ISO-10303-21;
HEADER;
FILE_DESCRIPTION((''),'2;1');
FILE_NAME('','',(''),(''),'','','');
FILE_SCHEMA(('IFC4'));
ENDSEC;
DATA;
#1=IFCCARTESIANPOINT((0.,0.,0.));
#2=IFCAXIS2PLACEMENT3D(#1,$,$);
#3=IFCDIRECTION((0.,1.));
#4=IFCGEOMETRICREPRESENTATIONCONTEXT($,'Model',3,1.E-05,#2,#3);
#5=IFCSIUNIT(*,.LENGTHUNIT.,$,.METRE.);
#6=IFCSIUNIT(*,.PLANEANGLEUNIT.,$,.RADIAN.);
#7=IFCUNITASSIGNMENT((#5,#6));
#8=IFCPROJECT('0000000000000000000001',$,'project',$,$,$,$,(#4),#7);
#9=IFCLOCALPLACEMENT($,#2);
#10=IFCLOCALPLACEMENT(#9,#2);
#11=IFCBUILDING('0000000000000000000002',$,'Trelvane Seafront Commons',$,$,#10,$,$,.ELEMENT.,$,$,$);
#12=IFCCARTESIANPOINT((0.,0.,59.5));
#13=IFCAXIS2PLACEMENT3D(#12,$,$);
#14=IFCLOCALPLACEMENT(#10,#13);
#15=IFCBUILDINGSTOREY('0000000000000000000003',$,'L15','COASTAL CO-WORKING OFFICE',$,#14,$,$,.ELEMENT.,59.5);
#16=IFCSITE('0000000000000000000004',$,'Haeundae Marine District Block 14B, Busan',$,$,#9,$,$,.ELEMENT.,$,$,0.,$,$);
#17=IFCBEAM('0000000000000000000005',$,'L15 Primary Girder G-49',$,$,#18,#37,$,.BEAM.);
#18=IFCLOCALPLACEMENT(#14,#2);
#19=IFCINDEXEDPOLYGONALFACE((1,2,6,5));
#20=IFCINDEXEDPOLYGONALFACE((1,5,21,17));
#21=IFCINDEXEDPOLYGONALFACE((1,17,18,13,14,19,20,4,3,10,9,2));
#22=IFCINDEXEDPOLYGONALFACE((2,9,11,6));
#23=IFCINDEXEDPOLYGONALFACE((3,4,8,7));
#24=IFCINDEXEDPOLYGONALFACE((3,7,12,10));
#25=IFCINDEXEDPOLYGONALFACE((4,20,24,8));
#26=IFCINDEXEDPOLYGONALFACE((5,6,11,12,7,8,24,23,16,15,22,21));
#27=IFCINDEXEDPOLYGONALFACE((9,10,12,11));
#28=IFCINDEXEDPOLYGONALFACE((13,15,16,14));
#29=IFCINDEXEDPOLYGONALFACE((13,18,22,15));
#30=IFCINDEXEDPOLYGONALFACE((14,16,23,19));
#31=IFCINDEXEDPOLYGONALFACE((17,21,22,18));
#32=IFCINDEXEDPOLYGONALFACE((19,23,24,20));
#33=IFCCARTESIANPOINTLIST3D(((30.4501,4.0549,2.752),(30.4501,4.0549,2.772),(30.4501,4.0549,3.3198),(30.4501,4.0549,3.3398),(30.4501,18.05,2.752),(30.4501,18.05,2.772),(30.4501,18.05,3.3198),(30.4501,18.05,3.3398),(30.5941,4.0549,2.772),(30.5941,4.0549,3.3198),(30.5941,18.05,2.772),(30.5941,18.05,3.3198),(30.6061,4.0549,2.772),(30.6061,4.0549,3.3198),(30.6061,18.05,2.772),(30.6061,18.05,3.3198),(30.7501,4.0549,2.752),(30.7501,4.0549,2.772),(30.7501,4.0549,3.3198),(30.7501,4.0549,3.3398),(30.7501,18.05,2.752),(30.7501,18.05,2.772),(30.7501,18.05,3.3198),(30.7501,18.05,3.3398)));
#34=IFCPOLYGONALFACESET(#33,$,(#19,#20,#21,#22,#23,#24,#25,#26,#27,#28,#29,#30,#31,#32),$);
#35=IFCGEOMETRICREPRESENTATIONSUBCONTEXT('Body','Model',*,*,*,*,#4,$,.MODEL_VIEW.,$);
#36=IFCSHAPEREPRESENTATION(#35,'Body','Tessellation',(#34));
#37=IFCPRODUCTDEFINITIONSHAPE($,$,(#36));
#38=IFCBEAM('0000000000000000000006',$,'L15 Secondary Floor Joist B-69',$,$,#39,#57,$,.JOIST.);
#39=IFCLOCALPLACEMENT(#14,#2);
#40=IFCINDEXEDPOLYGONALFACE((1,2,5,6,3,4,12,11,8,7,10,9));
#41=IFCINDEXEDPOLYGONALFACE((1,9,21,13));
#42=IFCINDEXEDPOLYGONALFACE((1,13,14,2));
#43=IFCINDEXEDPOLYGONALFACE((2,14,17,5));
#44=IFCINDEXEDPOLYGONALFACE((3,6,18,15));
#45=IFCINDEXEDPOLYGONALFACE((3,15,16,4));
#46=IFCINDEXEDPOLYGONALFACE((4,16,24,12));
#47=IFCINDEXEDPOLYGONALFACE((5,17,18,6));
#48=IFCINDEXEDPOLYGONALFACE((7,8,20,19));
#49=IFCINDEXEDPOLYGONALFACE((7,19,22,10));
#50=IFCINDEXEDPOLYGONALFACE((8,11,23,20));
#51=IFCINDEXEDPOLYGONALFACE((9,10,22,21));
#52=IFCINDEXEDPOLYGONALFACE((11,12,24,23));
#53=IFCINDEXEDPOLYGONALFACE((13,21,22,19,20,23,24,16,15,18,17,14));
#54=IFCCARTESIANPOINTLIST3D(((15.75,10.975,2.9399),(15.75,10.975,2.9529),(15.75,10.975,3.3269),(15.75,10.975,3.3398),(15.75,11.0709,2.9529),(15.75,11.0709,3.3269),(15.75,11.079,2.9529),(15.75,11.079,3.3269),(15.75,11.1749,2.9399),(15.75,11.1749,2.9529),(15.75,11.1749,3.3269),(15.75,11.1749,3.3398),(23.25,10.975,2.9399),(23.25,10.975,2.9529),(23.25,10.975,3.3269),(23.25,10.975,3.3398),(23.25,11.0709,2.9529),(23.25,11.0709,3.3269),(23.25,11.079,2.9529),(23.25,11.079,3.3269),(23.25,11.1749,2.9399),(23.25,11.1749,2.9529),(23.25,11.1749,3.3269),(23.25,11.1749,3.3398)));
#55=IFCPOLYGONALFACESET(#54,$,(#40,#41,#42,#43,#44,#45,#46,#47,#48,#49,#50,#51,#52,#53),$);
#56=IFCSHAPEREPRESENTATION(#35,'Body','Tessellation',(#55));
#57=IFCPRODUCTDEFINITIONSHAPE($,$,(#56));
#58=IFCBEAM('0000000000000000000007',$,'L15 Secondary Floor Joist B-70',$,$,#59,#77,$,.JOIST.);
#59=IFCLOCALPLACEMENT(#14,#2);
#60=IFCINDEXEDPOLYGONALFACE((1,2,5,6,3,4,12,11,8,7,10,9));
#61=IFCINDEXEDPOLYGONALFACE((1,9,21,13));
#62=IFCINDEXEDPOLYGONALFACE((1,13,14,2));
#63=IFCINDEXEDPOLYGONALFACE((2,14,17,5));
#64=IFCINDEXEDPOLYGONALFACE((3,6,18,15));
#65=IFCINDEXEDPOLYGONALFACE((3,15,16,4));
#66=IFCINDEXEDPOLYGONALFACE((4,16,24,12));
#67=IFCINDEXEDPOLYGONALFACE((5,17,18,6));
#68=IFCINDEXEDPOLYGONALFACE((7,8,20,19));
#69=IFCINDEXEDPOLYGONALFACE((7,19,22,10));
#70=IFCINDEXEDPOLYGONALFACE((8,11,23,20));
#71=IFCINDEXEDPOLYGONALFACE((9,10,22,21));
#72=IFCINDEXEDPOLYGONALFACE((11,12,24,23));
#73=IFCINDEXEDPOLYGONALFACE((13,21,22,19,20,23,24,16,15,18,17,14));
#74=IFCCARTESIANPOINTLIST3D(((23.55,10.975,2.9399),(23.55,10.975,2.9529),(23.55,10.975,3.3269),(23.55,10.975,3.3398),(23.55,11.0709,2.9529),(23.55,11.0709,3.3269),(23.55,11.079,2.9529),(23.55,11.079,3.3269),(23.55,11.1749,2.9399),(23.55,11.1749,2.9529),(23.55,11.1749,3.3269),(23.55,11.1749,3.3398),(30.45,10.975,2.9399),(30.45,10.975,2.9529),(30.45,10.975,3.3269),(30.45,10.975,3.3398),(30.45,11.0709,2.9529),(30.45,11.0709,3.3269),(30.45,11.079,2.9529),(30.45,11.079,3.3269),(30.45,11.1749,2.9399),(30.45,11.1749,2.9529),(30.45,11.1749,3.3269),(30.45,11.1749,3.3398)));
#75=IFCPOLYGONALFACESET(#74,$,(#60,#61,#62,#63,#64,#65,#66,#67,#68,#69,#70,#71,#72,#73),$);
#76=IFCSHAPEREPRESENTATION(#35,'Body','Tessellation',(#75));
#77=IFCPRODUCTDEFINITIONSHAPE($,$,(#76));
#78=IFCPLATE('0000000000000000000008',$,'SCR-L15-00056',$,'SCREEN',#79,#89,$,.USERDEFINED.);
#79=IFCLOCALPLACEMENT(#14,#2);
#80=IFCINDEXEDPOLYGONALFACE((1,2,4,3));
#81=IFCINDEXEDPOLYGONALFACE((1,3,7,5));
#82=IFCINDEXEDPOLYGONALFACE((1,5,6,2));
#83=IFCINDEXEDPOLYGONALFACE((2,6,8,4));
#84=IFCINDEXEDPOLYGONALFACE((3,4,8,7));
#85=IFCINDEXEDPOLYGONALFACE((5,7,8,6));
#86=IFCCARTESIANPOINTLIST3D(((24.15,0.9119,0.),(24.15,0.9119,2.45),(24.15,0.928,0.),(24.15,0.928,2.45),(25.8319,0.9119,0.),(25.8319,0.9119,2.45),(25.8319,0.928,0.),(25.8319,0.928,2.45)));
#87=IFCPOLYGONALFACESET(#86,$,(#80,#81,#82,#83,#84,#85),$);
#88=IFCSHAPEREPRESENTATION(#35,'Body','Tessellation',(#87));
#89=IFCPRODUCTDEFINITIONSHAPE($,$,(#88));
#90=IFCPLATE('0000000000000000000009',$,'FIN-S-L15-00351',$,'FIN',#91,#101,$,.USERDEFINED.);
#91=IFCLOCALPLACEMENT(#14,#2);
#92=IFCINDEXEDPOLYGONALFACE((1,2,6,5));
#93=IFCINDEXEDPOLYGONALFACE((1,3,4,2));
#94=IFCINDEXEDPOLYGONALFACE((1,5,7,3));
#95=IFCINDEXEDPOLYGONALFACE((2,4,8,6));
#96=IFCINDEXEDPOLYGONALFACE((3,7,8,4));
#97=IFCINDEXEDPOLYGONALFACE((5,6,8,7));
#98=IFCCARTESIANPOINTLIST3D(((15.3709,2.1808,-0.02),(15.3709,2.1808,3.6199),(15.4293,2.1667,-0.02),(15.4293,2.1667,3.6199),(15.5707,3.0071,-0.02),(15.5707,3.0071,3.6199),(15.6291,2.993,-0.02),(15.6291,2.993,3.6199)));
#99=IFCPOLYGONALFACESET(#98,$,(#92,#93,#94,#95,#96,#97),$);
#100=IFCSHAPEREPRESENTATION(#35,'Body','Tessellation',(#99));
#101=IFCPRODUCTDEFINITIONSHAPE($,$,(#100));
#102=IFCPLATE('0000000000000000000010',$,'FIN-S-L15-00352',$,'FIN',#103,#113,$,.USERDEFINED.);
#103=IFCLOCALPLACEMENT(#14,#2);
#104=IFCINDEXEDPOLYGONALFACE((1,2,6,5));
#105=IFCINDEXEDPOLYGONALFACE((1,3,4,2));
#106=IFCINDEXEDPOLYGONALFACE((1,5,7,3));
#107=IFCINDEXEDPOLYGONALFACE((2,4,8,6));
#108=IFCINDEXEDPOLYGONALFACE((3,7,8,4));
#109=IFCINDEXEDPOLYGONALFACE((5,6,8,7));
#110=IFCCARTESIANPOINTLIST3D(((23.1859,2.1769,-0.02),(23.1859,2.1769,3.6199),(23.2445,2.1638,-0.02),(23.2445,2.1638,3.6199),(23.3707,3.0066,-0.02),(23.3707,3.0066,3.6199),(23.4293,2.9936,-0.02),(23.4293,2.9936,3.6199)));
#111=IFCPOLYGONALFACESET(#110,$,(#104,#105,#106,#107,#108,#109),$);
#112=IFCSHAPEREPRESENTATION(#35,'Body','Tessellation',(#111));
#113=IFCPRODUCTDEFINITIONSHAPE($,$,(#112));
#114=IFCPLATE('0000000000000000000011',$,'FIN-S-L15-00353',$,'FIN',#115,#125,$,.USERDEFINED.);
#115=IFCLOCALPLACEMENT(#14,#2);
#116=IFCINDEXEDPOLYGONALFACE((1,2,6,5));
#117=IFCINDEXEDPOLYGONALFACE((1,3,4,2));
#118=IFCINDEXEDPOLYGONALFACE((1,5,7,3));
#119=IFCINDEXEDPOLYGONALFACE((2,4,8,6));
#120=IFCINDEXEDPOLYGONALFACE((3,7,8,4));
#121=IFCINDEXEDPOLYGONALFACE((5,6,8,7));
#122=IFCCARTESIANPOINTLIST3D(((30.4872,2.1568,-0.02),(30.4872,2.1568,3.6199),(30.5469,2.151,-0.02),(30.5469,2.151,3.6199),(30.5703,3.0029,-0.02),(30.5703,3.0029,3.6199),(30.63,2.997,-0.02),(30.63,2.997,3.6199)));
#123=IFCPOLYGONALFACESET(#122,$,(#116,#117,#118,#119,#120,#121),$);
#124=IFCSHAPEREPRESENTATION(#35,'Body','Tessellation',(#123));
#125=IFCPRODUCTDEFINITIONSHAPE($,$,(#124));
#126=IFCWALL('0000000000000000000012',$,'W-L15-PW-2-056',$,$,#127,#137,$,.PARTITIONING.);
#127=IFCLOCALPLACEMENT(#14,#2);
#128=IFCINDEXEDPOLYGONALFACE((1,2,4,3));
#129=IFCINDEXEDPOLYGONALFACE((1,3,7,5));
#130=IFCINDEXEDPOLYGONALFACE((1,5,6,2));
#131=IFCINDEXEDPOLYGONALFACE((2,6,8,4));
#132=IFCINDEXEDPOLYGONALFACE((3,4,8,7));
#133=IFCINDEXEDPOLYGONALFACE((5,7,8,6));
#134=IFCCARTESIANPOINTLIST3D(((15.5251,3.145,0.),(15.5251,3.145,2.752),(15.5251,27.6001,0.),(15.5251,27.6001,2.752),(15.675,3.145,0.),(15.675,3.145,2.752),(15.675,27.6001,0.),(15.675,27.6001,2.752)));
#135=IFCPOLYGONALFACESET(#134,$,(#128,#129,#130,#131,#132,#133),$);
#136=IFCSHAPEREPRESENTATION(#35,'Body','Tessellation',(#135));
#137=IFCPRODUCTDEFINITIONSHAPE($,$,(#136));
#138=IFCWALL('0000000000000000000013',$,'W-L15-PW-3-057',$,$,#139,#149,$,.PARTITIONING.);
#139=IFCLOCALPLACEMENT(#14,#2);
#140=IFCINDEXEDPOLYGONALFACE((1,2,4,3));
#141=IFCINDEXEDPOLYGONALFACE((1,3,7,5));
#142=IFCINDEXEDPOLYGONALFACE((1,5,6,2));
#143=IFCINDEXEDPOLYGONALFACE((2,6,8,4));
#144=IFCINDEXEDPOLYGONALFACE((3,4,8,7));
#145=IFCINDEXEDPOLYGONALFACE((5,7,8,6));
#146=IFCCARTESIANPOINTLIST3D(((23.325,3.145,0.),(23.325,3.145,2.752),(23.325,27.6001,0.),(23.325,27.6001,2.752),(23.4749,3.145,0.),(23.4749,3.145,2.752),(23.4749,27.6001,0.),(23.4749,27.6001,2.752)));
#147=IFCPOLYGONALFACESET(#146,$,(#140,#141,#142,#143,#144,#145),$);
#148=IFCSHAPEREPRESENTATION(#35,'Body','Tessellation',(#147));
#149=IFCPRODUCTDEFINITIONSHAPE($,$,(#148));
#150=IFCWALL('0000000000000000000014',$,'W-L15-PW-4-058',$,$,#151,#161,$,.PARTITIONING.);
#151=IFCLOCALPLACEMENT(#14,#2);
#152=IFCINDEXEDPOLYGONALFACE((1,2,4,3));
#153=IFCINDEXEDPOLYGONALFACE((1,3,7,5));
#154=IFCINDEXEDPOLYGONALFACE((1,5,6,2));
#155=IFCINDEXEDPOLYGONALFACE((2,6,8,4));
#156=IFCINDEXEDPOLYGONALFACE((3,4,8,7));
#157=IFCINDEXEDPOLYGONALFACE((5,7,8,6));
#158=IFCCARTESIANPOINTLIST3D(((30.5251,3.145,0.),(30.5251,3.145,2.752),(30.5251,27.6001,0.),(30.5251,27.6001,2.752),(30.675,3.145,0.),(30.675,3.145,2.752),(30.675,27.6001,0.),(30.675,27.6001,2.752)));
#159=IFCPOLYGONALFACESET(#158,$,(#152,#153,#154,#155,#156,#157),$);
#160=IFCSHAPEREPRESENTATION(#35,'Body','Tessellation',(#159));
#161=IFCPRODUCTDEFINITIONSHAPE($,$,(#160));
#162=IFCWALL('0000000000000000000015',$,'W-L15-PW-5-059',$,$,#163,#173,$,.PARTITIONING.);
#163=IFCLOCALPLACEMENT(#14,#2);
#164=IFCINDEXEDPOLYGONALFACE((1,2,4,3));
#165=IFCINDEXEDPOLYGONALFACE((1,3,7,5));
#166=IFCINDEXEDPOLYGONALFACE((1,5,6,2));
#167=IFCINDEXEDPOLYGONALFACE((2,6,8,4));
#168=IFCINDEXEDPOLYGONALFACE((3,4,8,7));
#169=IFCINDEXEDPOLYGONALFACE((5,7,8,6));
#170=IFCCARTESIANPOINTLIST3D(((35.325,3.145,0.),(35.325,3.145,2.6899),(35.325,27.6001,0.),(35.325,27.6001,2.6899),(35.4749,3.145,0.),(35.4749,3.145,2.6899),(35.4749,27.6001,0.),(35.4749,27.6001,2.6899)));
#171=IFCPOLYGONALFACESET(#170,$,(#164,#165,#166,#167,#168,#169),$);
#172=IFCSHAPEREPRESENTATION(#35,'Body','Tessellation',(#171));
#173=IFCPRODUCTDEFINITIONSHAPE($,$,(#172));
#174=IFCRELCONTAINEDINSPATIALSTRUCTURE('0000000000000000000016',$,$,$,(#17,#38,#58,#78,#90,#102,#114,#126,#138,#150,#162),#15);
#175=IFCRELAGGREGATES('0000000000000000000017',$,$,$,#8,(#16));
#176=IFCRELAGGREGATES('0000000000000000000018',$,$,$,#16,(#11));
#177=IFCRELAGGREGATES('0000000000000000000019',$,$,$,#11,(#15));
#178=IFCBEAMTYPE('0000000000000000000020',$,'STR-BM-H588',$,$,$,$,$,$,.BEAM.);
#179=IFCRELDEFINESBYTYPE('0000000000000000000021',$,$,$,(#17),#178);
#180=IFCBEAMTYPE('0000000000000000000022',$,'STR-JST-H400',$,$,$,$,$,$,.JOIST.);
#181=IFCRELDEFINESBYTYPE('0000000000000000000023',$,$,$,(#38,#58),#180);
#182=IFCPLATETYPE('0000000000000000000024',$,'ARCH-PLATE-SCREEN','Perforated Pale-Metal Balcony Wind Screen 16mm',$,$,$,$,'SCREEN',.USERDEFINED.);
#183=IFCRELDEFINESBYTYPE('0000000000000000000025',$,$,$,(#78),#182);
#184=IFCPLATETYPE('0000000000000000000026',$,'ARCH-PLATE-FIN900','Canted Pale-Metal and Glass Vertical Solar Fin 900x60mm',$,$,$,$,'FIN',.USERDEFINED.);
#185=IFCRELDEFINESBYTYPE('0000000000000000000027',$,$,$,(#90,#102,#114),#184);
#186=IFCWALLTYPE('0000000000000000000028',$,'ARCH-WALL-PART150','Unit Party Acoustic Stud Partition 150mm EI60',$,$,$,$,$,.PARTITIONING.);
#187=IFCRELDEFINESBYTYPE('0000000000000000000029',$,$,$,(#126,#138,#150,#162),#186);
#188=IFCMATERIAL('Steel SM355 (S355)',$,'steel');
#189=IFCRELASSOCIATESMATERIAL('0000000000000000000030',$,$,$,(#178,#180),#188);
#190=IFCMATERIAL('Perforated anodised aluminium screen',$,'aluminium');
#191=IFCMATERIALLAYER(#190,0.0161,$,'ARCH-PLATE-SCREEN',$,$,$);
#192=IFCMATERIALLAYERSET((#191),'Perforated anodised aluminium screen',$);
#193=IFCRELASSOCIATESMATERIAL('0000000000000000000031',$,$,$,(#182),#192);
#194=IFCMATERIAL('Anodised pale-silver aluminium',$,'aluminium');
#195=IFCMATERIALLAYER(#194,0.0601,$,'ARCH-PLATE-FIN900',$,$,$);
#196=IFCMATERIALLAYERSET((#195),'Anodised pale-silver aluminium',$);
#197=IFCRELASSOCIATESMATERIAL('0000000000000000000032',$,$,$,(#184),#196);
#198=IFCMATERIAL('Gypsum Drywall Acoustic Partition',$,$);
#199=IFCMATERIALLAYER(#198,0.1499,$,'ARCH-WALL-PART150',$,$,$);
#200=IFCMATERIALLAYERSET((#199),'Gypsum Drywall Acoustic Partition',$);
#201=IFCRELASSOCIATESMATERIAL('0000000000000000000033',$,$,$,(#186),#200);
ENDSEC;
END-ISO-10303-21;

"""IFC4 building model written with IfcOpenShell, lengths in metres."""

from ifc_helpers import new_model, si_unit, direction, frame, frame_2d, origin, origin_2d, place, context, subcontext, project, spatial, rectangle, i_section, extrude, source, transform, mapped, material, layer, layer_set, material_profile, profile_set, type_object, element, save


model = new_model("IFC4")

# Units and contexts
model_context = context("Model", 3, precision=1e-05, world=origin(), true_north=direction((0.0, 1.0)))
body_context = subcontext(model_context, "Body", "Model", "MODEL_VIEW")
ifc_project = project(units=[si_unit("LENGTHUNIT", "METRE"), si_unit("PLANEANGLEUNIT", "RADIAN")], contexts=[model_context])

# Site, building, storey
site_placement = place(None, origin())
site = spatial("IfcSite", under=ifc_project, at=site_placement, Name="Haeundae Marine District Block 14B, Busan", CompositionType="ELEMENT", RefElevation=0.0)
building_placement = place(site_placement, origin())
building = spatial("IfcBuilding", under=site, at=building_placement, Name="Trelvane Seafront Commons", CompositionType="ELEMENT")
storey_placement = place(building_placement, frame((0.0, 0.0, 59.5)))
storey = spatial("IfcBuildingStorey", under=building, at=storey_placement, Name="L15", Description="COASTAL CO-WORKING OFFICE", CompositionType="ELEMENT", Elevation=59.5)

# Shared definitions
ifc_material_1 = material(Name="Steel SM355 (S355)", Category="steel")

# Beams
ifc_material_profile_1 = material_profile(ifc_material_1, i_section(OverallWidth=0.3, OverallDepth=0.5879, WebThickness=0.012, FlangeThickness=0.02, at=origin_2d()), Name="H-588x300x12x20")
ifc_profile_set_1 = profile_set([ifc_material_profile_1], Name="Steel SM355 (S355)")
beam_type_1 = type_object("IfcBeamType", Name="STR-BM-H588", PredefinedType="BEAM", material=ifc_profile_set_1)
shared_shape_1 = source(origin(), body_context, "Body", "SweptSolid", [
    extrude(i_section(OverallWidth=0.3, OverallDepth=0.5879, WebThickness=0.012, FlangeThickness=0.02, at=origin_2d()), origin(), (0.0, 0.0, 1.0), 13.9951),
])
for number, where, z_axis, x_axis, name in (
    (1, (30.6001, 4.0549, 3.0459), (0.0, 1.0, 0.0), (-1.0, 0.0, 0.0), "L15 Primary Girder G-49"),
):
    element("IfcBeam", number, at=place(storey_placement, frame(where, z_axis=z_axis, x_axis=x_axis)), inside=storey, type_object=beam_type_1, Name=name, PredefinedType="BEAM", context=body_context, shape_type="MappedRepresentation", body=[
        mapped(shared_shape_1, transform((0.0, 0.0, 0.0), x_axis=(1.0, 0.0, 0.0), y_axis=(0.0, 1.0, 0.0), z_axis=(0.0, 0.0, 1.0), scale=1.0)),
    ])
ifc_material_profile_2 = material_profile(ifc_material_1, i_section(OverallWidth=0.2, OverallDepth=0.3999, WebThickness=0.0081, FlangeThickness=0.0129, at=origin_2d()), Name="H-400x200x8x13")
ifc_profile_set_2 = profile_set([ifc_material_profile_2], Name="Steel SM355 (S355)")
beam_type_2 = type_object("IfcBeamType", Name="STR-JST-H400", PredefinedType="JOIST", material=ifc_profile_set_2)
shared_shape_2 = source(origin(), body_context, "Body", "SweptSolid", [
    extrude(i_section(OverallWidth=0.2, OverallDepth=0.3999, WebThickness=0.0081, FlangeThickness=0.0129, at=origin_2d()), origin(), (0.0, 0.0, 1.0), 7.5),
])
beam_1_placement = place(storey_placement, frame((15.75, 11.075, 3.1399), z_axis=(1.0, 0.0, 0.0), x_axis=(0.0, 1.0, 0.0)))
element("IfcBeam", 2, at=beam_1_placement, inside=storey, type_object=beam_type_2, Name="L15 Secondary Floor Joist B-69", PredefinedType="JOIST", context=body_context, shape_type="MappedRepresentation", body=[
    mapped(shared_shape_2, transform((0.0, 0.0, 0.0), x_axis=(1.0, 0.0, 0.0), y_axis=(0.0, 1.0, 0.0), z_axis=(0.0, 0.0, 1.0), scale=1.0)),
])
shared_shape_3 = source(origin(), body_context, "Body", "SweptSolid", [
    extrude(i_section(OverallWidth=0.2, OverallDepth=0.3999, WebThickness=0.0081, FlangeThickness=0.0129, at=origin_2d()), origin(), (0.0, 0.0, 1.0), 6.8999),
])
beam_2_placement = place(storey_placement, frame((23.55, 11.075, 3.1399), z_axis=(1.0, 0.0, 0.0), x_axis=(0.0, 1.0, 0.0)))
element("IfcBeam", 3, at=beam_2_placement, inside=storey, type_object=beam_type_2, Name="L15 Secondary Floor Joist B-70", PredefinedType="JOIST", context=body_context, shape_type="MappedRepresentation", body=[
    mapped(shared_shape_3, transform((0.0, 0.0, 0.0), x_axis=(1.0, 0.0, 0.0), y_axis=(0.0, 1.0, 0.0), z_axis=(0.0, 0.0, 1.0), scale=1.0)),
])

# Plates
ifc_material_2 = material(Name="Perforated anodised aluminium screen", Category="aluminium")
ifc_layer_1 = layer(ifc_material_2, 0.0161, Name="ARCH-PLATE-SCREEN")
ifc_layer_set_1 = layer_set([ifc_layer_1], Name="Perforated anodised aluminium screen")
plate_type_1 = type_object("IfcPlateType", Name="ARCH-PLATE-SCREEN", Description="Perforated Pale-Metal Balcony Wind Screen 16mm", ElementType="SCREEN", PredefinedType="USERDEFINED", material=ifc_layer_set_1)
shared_shape_4 = source(origin(), body_context, "Body", "SweptSolid", [
    extrude(rectangle(XDim=1.6819, YDim=0.0161, at=origin_2d()), origin(), (0.0, 0.0, 1.0), 2.45),
])
plate_placement = place(storey_placement, frame((24.991, 0.9199, 0.0), z_axis=(0.0, 0.0, 1.0), x_axis=(1.0, 0.0, 0.0)))
element("IfcPlate", 4, at=plate_placement, inside=storey, type_object=plate_type_1, Name="SCR-L15-00056", ObjectType="SCREEN", PredefinedType="USERDEFINED", context=body_context, shape_type="MappedRepresentation", body=[
    mapped(shared_shape_4, transform((0.0, 0.0, 0.0), x_axis=(1.0, 0.0, 0.0), y_axis=(0.0, 1.0, 0.0), z_axis=(0.0, 0.0, 1.0), scale=1.0)),
])
ifc_material_3 = material(Name="Anodised pale-silver aluminium", Category="aluminium")
ifc_layer_2 = layer(ifc_material_3, 0.0601, Name="ARCH-PLATE-FIN900")
ifc_layer_set_2 = layer_set([ifc_layer_2], Name="Anodised pale-silver aluminium")
plate_type_2 = type_object("IfcPlateType", Name="ARCH-PLATE-FIN900", Description="Canted Pale-Metal and Glass Vertical Solar Fin 900x60mm", ElementType="FIN", PredefinedType="USERDEFINED", material=ifc_layer_set_2)
shared_shape_5 = source(origin(), body_context, "Body", "SweptSolid", [
    extrude(rectangle(XDim=0.8501, YDim=0.0601, at=origin_2d()), origin(), (0.0, 0.0, 1.0), 3.6399),
])
for number, where, z_axis, x_axis, name in (
    (5, (15.5, 2.5869, -0.02), (0.0, 0.0, 1.0), (-0.235054, -0.971982, 0.0), "FIN-S-L15-00351"),
    (6, (23.3076, 2.5852, -0.02), (0.0, 0.0, 1.0), (-0.217404, -0.976082, 0.0), "FIN-S-L15-00352"),
    (7, (30.5586, 2.5769, -0.02), (0.0, 0.0, 1.0), (-0.097769, -0.995209, 0.0), "FIN-S-L15-00353"),
):
    element("IfcPlate", number, at=place(storey_placement, frame(where, z_axis=z_axis, x_axis=x_axis)), inside=storey, type_object=plate_type_2, Name=name, ObjectType="FIN", PredefinedType="USERDEFINED", context=body_context, shape_type="MappedRepresentation", body=[
        mapped(shared_shape_5, transform((0.0, 0.0, 0.0), x_axis=(1.0, 0.0, 0.0), y_axis=(0.0, 1.0, 0.0), z_axis=(0.0, 0.0, 1.0), scale=1.0)),
    ])

# Walls
ifc_material_4 = material(Name="Gypsum Drywall Acoustic Partition")
ifc_layer_3 = layer(ifc_material_4, 0.1499, Name="ARCH-WALL-PART150")
ifc_layer_set_3 = layer_set([ifc_layer_3], Name="Gypsum Drywall Acoustic Partition")
wall_type = type_object("IfcWallType", Name="ARCH-WALL-PART150", Description="Unit Party Acoustic Stud Partition 150mm EI60", PredefinedType="PARTITIONING", material=ifc_layer_set_3)
for number, where, z_axis, x_axis, name in (
    (8, (15.6001, 3.145, 0.0), (0.0, 0.0, 1.0), (0.0, 1.0, 0.0), "W-L15-PW-2-056"),
    (9, (23.3999, 3.145, 0.0), (0.0, 0.0, 1.0), (0.0, 1.0, 0.0), "W-L15-PW-3-057"),
    (10, (30.6001, 3.145, 0.0), (0.0, 0.0, 1.0), (0.0, 1.0, 0.0), "W-L15-PW-4-058"),
):
    element("IfcWall", number, at=place(storey_placement, frame(where, z_axis=z_axis, x_axis=x_axis)), inside=storey, type_object=wall_type, Name=name, PredefinedType="PARTITIONING", context=body_context, shape_type="SweptSolid", body=[
        extrude(rectangle(XDim=24.4551, YDim=0.1499, at=frame_2d((12.2275, 0.0))), origin(), (0.0, 0.0, 1.0), 2.752),
    ])
wall_placement = place(storey_placement, frame((35.3999, 3.145, 0.0), z_axis=(0.0, 0.0, 1.0), x_axis=(0.0, 1.0, 0.0)))
element("IfcWall", 11, at=wall_placement, inside=storey, type_object=wall_type, Name="W-L15-PW-5-059", PredefinedType="PARTITIONING", context=body_context, shape_type="SweptSolid", body=[
    extrude(rectangle(XDim=24.4551, YDim=0.1499, at=frame_2d((12.2275, 0.0))), origin(), (0.0, 0.0, 1.0), 2.6899),
])

save(model, "model.ifc")
